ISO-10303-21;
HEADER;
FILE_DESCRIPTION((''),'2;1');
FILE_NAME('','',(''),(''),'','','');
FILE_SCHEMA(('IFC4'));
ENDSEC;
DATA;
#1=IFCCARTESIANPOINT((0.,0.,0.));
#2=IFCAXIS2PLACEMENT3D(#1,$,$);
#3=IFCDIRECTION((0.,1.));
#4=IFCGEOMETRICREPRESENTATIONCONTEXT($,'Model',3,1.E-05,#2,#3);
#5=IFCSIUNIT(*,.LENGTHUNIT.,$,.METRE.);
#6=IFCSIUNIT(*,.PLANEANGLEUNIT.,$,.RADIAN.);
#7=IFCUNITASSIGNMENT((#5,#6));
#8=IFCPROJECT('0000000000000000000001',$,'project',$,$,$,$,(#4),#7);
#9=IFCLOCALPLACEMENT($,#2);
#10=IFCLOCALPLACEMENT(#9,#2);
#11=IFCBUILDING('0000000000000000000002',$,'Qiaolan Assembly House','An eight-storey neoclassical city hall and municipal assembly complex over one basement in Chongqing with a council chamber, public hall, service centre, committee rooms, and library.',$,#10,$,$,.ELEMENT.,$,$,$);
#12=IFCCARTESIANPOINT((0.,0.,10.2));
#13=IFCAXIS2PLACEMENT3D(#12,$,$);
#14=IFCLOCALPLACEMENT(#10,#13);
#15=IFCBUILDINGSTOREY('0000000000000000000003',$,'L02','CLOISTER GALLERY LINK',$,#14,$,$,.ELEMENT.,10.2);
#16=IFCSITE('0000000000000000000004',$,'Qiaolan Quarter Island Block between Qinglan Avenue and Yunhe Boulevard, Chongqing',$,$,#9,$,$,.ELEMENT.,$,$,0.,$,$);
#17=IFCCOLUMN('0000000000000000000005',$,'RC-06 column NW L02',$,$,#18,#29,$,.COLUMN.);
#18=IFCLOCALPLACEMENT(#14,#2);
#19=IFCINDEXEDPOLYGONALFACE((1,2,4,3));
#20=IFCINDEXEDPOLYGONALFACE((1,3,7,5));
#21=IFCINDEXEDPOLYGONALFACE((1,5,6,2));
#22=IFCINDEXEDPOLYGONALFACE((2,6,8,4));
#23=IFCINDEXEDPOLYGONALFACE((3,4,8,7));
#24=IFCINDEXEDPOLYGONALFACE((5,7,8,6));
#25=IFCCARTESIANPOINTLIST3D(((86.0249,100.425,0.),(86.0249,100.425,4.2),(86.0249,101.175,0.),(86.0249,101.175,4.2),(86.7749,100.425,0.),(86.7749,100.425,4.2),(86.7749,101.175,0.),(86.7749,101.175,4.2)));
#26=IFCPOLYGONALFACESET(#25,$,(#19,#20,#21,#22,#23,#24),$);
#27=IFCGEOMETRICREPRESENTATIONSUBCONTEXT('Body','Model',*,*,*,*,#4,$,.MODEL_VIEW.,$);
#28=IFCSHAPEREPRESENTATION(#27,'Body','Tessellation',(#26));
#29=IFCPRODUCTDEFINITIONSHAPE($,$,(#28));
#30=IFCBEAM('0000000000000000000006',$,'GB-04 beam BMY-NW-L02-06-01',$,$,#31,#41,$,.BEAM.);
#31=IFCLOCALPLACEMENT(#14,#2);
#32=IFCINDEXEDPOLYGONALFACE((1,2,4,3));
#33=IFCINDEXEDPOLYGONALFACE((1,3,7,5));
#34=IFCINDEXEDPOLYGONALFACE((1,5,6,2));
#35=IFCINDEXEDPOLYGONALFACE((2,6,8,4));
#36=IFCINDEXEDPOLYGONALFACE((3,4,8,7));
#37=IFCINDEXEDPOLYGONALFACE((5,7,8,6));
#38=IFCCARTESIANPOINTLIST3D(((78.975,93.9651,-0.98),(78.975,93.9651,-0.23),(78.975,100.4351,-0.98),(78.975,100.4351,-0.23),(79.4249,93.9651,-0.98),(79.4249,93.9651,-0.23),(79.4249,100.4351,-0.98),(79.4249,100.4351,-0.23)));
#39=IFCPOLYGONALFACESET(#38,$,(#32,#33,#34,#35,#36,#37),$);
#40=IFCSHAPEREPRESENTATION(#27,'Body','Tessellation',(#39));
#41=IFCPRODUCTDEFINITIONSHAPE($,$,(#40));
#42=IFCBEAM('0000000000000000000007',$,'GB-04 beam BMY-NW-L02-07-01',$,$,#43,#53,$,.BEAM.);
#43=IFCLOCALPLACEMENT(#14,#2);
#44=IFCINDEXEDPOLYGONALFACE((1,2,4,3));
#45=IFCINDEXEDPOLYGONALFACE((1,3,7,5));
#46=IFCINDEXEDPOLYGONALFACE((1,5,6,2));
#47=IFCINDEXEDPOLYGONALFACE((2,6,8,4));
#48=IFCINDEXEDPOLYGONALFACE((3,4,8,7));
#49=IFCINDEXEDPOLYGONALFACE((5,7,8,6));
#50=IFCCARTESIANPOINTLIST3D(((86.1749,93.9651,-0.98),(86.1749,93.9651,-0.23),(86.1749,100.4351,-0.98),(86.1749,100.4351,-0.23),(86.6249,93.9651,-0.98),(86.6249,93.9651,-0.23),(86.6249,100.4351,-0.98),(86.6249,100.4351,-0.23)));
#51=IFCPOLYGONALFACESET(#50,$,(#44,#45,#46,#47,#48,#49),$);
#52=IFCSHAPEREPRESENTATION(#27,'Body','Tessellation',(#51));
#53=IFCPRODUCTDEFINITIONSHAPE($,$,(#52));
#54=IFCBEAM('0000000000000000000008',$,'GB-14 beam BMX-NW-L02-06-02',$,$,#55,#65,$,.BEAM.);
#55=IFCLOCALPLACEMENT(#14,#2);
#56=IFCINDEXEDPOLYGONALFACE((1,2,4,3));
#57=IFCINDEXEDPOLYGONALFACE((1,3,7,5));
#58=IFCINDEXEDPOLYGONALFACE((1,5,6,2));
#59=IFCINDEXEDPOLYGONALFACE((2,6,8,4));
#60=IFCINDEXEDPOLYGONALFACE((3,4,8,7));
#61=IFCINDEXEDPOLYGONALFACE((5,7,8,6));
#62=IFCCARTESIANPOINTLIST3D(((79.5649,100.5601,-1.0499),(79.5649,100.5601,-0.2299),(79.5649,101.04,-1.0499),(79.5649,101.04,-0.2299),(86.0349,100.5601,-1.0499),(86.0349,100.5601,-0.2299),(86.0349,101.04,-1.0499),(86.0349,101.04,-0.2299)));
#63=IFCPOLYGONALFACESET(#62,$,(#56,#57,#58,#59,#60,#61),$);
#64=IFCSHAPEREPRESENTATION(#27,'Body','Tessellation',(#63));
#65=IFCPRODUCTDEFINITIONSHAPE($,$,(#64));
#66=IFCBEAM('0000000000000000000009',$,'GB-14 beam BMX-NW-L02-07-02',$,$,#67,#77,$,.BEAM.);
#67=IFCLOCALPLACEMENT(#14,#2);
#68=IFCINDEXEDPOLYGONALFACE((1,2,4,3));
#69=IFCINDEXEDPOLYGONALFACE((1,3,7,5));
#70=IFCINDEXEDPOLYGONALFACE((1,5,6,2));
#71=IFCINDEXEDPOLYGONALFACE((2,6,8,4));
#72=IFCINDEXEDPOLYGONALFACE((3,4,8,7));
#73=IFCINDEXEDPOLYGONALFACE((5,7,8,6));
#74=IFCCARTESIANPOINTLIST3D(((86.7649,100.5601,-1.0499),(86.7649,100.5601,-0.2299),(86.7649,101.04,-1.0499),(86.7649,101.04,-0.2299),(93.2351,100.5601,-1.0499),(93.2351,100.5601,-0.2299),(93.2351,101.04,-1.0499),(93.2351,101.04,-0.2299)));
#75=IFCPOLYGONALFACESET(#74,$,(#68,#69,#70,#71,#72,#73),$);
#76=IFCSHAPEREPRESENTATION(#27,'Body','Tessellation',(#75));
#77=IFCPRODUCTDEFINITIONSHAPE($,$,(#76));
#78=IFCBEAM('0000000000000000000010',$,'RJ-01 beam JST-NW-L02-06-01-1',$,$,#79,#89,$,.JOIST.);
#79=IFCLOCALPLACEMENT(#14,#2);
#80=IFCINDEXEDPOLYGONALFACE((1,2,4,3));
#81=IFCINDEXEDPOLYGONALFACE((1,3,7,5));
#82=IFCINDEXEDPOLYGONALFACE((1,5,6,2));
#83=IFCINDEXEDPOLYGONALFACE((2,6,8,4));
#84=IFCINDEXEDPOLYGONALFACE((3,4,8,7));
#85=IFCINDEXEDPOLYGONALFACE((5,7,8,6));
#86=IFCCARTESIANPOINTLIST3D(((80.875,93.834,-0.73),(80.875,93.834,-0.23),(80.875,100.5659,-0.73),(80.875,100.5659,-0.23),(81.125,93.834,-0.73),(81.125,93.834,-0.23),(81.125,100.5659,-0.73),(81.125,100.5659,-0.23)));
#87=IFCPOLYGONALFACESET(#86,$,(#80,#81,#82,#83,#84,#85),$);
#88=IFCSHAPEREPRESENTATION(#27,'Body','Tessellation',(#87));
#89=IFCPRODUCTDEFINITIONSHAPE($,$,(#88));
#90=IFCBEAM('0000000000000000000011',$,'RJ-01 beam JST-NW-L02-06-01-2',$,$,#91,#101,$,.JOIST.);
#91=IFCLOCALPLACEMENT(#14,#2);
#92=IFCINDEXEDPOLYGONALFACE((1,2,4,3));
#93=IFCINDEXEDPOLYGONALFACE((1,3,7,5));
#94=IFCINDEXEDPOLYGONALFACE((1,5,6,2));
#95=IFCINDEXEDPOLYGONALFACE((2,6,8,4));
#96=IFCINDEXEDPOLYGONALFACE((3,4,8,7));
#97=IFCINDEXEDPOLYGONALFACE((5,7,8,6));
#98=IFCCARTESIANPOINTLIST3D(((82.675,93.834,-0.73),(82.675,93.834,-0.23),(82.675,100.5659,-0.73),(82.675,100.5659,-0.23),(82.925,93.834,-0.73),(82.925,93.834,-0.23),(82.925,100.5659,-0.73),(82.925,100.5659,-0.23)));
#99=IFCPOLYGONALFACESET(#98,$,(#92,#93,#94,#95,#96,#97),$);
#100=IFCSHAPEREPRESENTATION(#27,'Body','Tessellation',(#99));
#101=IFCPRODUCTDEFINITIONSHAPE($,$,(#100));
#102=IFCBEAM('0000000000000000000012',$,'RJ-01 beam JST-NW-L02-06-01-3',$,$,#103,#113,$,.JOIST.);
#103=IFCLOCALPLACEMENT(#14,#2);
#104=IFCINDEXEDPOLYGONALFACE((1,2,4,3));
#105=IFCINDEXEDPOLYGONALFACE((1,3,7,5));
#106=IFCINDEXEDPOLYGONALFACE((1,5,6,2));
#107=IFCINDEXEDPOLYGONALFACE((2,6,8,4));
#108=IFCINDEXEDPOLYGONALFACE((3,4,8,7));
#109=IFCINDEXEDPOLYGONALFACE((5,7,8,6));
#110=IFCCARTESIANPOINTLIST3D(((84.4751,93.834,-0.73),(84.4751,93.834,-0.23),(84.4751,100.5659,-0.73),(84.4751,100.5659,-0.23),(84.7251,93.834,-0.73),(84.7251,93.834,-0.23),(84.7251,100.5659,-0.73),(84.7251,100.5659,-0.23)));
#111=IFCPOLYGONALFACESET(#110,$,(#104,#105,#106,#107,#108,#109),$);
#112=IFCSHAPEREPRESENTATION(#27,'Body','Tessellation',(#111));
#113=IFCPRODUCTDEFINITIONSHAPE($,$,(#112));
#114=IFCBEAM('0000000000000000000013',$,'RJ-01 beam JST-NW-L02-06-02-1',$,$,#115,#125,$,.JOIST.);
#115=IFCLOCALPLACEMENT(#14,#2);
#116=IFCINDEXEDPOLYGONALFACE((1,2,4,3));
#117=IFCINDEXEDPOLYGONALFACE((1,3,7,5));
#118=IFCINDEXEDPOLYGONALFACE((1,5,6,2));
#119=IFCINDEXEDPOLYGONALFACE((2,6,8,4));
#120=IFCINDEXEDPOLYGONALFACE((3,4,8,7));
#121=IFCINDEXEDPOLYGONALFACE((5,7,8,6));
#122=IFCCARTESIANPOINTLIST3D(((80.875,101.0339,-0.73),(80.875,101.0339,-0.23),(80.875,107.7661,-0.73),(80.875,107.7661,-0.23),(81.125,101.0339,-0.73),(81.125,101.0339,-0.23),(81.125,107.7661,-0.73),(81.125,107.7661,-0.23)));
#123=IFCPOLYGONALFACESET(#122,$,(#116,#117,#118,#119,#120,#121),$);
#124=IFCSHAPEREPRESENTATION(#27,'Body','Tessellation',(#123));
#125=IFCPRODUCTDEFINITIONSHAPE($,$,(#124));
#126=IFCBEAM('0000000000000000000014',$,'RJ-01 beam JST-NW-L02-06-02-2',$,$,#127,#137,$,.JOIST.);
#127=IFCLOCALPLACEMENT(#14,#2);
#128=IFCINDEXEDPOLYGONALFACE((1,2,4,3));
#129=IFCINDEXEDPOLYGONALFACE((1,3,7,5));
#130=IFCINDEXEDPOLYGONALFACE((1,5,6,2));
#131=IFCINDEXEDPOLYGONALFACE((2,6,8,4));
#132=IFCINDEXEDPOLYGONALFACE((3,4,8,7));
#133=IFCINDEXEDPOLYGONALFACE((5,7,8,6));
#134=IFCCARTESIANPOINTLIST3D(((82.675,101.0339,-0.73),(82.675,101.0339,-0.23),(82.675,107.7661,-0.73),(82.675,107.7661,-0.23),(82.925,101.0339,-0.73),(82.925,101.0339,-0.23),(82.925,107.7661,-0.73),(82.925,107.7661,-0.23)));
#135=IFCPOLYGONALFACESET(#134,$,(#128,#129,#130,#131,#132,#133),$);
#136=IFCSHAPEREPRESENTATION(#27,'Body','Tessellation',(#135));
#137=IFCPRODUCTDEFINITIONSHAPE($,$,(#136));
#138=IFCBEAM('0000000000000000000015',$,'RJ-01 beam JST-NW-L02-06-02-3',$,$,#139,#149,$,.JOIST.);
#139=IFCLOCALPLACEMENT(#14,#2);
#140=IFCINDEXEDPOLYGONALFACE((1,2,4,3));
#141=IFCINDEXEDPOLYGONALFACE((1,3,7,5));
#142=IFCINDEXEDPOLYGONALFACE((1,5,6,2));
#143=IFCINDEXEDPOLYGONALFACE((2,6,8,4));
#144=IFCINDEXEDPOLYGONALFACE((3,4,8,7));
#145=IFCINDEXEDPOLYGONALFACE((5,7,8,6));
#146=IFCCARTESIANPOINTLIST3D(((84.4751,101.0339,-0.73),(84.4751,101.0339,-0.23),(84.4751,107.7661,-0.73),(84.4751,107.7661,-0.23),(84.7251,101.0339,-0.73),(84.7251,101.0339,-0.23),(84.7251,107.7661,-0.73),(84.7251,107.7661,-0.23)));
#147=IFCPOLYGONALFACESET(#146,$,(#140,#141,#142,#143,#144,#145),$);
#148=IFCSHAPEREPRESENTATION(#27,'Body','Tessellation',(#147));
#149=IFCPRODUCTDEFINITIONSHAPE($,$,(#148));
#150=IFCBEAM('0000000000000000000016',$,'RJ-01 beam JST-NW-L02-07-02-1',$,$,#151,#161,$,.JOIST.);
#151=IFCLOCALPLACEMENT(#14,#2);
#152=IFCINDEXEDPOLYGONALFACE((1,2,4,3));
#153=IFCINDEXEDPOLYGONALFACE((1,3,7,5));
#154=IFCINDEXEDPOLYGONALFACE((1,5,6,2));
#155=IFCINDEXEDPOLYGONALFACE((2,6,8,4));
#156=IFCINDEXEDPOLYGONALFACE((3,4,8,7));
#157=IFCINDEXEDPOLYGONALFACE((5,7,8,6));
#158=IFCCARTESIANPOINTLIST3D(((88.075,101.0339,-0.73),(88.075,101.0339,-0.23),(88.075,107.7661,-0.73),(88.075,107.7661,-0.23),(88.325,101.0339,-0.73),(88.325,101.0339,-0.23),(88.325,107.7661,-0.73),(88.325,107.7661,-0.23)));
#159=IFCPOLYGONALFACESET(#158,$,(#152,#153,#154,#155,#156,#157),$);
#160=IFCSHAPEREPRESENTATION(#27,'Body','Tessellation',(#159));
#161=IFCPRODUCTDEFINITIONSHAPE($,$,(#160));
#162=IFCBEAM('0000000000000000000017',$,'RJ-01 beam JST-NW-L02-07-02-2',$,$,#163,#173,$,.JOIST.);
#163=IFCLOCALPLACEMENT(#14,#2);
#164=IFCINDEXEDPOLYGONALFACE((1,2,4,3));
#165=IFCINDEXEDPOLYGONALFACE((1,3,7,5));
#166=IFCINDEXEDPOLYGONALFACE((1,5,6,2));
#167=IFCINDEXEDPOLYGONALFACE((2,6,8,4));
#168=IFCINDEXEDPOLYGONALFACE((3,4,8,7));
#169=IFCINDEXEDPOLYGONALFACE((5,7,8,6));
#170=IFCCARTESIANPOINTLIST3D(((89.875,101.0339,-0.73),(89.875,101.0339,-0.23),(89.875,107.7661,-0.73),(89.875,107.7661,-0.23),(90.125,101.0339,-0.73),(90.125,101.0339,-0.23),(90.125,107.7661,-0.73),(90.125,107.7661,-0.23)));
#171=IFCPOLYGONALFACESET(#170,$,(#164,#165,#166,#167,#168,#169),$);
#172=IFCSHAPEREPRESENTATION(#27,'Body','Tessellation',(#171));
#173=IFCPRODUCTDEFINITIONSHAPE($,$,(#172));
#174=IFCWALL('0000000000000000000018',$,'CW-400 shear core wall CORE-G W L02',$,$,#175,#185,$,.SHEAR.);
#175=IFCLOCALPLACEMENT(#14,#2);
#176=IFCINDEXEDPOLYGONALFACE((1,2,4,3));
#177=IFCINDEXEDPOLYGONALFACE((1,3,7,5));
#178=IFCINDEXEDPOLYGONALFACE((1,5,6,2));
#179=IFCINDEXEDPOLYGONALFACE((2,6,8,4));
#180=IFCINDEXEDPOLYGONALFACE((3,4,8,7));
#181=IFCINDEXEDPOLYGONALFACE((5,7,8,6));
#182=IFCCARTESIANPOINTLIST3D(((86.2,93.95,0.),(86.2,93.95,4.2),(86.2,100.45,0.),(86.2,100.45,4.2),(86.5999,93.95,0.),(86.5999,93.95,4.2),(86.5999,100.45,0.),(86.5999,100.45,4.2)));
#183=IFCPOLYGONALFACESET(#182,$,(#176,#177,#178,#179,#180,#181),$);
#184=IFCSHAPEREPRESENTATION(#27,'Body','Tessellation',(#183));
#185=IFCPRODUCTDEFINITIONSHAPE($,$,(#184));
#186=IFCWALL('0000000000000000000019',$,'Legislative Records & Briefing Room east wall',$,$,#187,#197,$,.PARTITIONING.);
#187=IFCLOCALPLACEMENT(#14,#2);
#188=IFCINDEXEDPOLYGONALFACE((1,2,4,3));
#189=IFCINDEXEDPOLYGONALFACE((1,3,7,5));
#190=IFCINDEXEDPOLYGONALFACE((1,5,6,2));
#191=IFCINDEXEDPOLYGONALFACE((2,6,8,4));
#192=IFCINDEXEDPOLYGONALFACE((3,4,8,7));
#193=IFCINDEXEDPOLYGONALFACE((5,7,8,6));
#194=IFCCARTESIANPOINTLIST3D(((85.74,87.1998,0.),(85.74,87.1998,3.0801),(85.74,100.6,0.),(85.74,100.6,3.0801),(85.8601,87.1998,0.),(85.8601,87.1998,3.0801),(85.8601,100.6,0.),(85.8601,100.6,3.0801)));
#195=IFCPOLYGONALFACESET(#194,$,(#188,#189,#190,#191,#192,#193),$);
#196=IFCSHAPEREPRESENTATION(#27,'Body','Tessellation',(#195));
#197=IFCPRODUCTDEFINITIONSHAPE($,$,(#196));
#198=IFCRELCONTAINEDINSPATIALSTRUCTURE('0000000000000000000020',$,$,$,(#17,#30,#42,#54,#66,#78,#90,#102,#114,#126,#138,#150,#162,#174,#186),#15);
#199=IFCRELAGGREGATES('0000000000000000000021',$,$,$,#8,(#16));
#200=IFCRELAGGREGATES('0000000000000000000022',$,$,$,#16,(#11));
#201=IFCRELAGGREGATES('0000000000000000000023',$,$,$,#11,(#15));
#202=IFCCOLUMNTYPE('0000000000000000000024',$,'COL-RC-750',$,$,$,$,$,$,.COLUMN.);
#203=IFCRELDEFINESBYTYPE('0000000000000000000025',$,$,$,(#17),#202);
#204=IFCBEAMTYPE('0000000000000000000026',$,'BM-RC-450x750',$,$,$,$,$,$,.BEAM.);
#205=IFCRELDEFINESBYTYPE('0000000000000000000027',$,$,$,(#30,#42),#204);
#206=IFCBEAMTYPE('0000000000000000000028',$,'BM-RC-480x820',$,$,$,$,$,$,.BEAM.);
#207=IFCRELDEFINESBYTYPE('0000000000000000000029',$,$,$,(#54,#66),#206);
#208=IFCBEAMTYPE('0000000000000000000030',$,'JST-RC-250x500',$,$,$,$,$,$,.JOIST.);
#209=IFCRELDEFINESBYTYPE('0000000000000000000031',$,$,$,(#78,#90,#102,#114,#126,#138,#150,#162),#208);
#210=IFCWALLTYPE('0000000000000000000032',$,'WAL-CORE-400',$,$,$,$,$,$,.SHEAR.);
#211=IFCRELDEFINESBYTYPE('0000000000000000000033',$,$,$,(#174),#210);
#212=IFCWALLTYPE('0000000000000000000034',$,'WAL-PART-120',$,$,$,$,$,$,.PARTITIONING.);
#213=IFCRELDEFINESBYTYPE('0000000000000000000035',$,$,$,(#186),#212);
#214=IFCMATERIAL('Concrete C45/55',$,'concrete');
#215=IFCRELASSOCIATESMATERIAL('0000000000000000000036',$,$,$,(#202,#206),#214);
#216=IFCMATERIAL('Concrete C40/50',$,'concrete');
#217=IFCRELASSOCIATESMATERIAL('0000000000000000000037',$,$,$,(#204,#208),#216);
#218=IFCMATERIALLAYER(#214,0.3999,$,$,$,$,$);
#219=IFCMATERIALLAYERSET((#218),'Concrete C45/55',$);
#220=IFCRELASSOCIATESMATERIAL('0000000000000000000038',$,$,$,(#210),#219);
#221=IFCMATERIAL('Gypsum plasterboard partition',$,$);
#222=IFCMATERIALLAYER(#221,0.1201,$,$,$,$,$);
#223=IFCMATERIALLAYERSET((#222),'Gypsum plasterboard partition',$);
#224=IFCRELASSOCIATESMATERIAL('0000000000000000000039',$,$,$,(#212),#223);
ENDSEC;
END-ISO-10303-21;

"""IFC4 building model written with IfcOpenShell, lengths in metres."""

from ifc_helpers import new_model, si_unit, direction, frame, frame_2d, origin, origin_2d, place, context, subcontext, project, spatial, rectangle, extrude, material, layer, layer_set, material_profile, profile_set, type_object, element, save


model = new_model("IFC4")

# Units and contexts
model_context = context("Model", 3, precision=1e-05, world=origin(), true_north=direction((0.0, 1.0)))
body_context = subcontext(model_context, "Body", "Model", "MODEL_VIEW")
ifc_project = project(units=[si_unit("LENGTHUNIT", "METRE"), si_unit("PLANEANGLEUNIT", "RADIAN")], contexts=[model_context])

# Site, building, storey
site_placement = place(None, origin())
site = spatial("IfcSite", under=ifc_project, at=site_placement, Name="Qiaolan Quarter Island Block between Qinglan Avenue and Yunhe Boulevard, Chongqing", CompositionType="ELEMENT", RefElevation=0.0)
building_placement = place(site_placement, origin())
building = spatial("IfcBuilding", under=site, at=building_placement, Name="Qiaolan Assembly House", Description="An eight-storey neoclassical city hall and municipal assembly complex over one basement in Chongqing with a council chamber, public hall, service centre, committee rooms, and library.", CompositionType="ELEMENT")
storey_placement = place(building_placement, frame((0.0, 0.0, 10.2)))
storey = spatial("IfcBuildingStorey", under=building, at=storey_placement, Name="L02", Description="CLOISTER GALLERY LINK", CompositionType="ELEMENT", Elevation=10.2)

# Column
ifc_material_1 = material(Name="Concrete C45/55", Category="concrete")
ifc_material_profile_1 = material_profile(ifc_material_1, rectangle(XDim=0.75, YDim=0.75, at=origin_2d()), Name="RC 750x750")
ifc_profile_set_1 = profile_set([ifc_material_profile_1], Name="Concrete C45/55")
column_type = type_object("IfcColumnType", Name="COL-RC-750", PredefinedType="COLUMN", material=ifc_profile_set_1)
column_placement = place(storey_placement, frame((86.3999, 100.8, 0.0), z_axis=(0.0, 0.0, 1.0), x_axis=(1.0, 0.0, 0.0)))
element("IfcColumn", 1, at=column_placement, inside=storey, type_object=column_type, Name="RC-06 column NW L02", PredefinedType="COLUMN", context=body_context, shape_type="SweptSolid", body=[
    extrude(rectangle(XDim=0.75, YDim=0.75, at=origin_2d()), origin(), (0.0, 0.0, 1.0), 4.2),
])

# Beams
ifc_material_2 = material(Name="Concrete C40/50", Category="concrete")
ifc_material_profile_2 = material_profile(ifc_material_2, rectangle(XDim=0.45, YDim=0.75, at=origin_2d()), Name="RCB 450x750")
ifc_profile_set_2 = profile_set([ifc_material_profile_2], Name="Concrete C40/50")
beam_type_1 = type_object("IfcBeamType", Name="BM-RC-450x750", PredefinedType="BEAM", material=ifc_profile_set_2)
for number, where, z_axis, x_axis, name in (
    (2, (79.2, 93.9651, -0.605), (0.0, 1.0, 0.0), (-1.0, 0.0, 0.0), "GB-04 beam BMY-NW-L02-06-01"),
    (3, (86.3999, 93.9651, -0.605), (0.0, 1.0, 0.0), (-1.0, 0.0, 0.0), "GB-04 beam BMY-NW-L02-07-01"),
):
    element("IfcBeam", number, at=place(storey_placement, frame(where, z_axis=z_axis, x_axis=x_axis)), inside=storey, type_object=beam_type_1, Name=name, PredefinedType="BEAM", context=body_context, shape_type="SweptSolid", body=[
        extrude(rectangle(XDim=0.45, YDim=0.75, at=origin_2d()), origin(), (0.0, 0.0, 1.0), 6.47),
    ])
ifc_material_profile_3 = material_profile(ifc_material_1, rectangle(XDim=0.48, YDim=0.8201, at=origin_2d()), Name="RCB 480x820")
ifc_profile_set_3 = profile_set([ifc_material_profile_3], Name="Concrete C45/55")
beam_type_2 = type_object("IfcBeamType", Name="BM-RC-480x820", PredefinedType="BEAM", material=ifc_profile_set_3)
beam_1_placement = place(storey_placement, frame((79.5649, 100.8, -0.6399), z_axis=(1.0, 0.0, 0.0), x_axis=(0.0, 1.0, 0.0)))
element("IfcBeam", 4, at=beam_1_placement, inside=storey, type_object=beam_type_2, Name="GB-14 beam BMX-NW-L02-06-02", PredefinedType="BEAM", context=body_context, shape_type="SweptSolid", body=[
    extrude(rectangle(XDim=0.48, YDim=0.8201, at=origin_2d()), origin(), (0.0, 0.0, 1.0), 6.47),
])
beam_2_placement = place(storey_placement, frame((86.7649, 100.8, -0.6399), z_axis=(1.0, 0.0, 0.0), x_axis=(0.0, 1.0, 0.0)))
element("IfcBeam", 5, at=beam_2_placement, inside=storey, type_object=beam_type_2, Name="GB-14 beam BMX-NW-L02-07-02", PredefinedType="BEAM", context=body_context, shape_type="SweptSolid", body=[
    extrude(rectangle(XDim=0.48, YDim=0.8201, at=origin_2d()), origin(), (0.0, 0.0, 1.0), 6.4702),
])
ifc_material_profile_4 = material_profile(ifc_material_2, rectangle(XDim=0.25, YDim=0.5, at=origin_2d()), Name="RCB 250x500")
ifc_profile_set_4 = profile_set([ifc_material_profile_4], Name="Concrete C40/50")
beam_type_3 = type_object("IfcBeamType", Name="JST-RC-250x500", PredefinedType="JOIST", material=ifc_profile_set_4)
for number, where, z_axis, x_axis, name in (
    (6, (81.0, 93.834, -0.48), (0.0, 1.0, 0.0), (-1.0, 0.0, 0.0), "RJ-01 beam JST-NW-L02-06-01-1"),
    (7, (82.8, 93.834, -0.48), (0.0, 1.0, 0.0), (-1.0, 0.0, 0.0), "RJ-01 beam JST-NW-L02-06-01-2"),
    (8, (84.6001, 93.834, -0.48), (0.0, 1.0, 0.0), (-1.0, 0.0, 0.0), "RJ-01 beam JST-NW-L02-06-01-3"),
):
    element("IfcBeam", number, at=place(storey_placement, frame(where, z_axis=z_axis, x_axis=x_axis)), inside=storey, type_object=beam_type_3, Name=name, PredefinedType="JOIST", context=body_context, shape_type="SweptSolid", body=[
        extrude(rectangle(XDim=0.25, YDim=0.5, at=origin_2d()), origin(), (0.0, 0.0, 1.0), 6.7319),
    ])
for number, where, z_axis, x_axis, name in (
    (9, (81.0, 101.0339, -0.48), (0.0, 1.0, 0.0), (-1.0, 0.0, 0.0), "RJ-01 beam JST-NW-L02-06-02-1"),
    (10, (82.8, 101.0339, -0.48), (0.0, 1.0, 0.0), (-1.0, 0.0, 0.0), "RJ-01 beam JST-NW-L02-06-02-2"),
    (11, (84.6001, 101.0339, -0.48), (0.0, 1.0, 0.0), (-1.0, 0.0, 0.0), "RJ-01 beam JST-NW-L02-06-02-3"),
    (12, (88.2, 101.0339, -0.48), (0.0, 1.0, 0.0), (-1.0, 0.0, 0.0), "RJ-01 beam JST-NW-L02-07-02-1"),
    (13, (90.0, 101.0339, -0.48), (0.0, 1.0, 0.0), (-1.0, 0.0, 0.0), "RJ-01 beam JST-NW-L02-07-02-2"),
):
    element("IfcBeam", number, at=place(storey_placement, frame(where, z_axis=z_axis, x_axis=x_axis)), inside=storey, type_object=beam_type_3, Name=name, PredefinedType="JOIST", context=body_context, shape_type="SweptSolid", body=[
        extrude(rectangle(XDim=0.25, YDim=0.5, at=origin_2d()), origin(), (0.0, 0.0, 1.0), 6.7322),
    ])

# Walls
ifc_layer_1 = layer(ifc_material_1, 0.3999)
ifc_layer_set_1 = layer_set([ifc_layer_1], Name="Concrete C45/55")
wall_type_1 = type_object("IfcWallType", Name="WAL-CORE-400", PredefinedType="SHEAR", material=ifc_layer_set_1)
wall_1_placement = place(storey_placement, frame((86.3999, 100.45, 0.0), z_axis=(0.0, 0.0, 1.0), x_axis=(0.0, -1.0, 0.0)))
element("IfcWall", 14, at=wall_1_placement, inside=storey, type_object=wall_type_1, Name="CW-400 shear core wall CORE-G W L02", PredefinedType="SHEAR", context=body_context, shape_type="SweptSolid", body=[
    extrude(rectangle(XDim=6.5, YDim=0.3999, at=frame_2d((3.25, 0.0))), origin(), (0.0, 0.0, 1.0), 4.2),
])
ifc_material_3 = material(Name="Gypsum plasterboard partition")
ifc_layer_2 = layer(ifc_material_3, 0.1201)
ifc_layer_set_2 = layer_set([ifc_layer_2], Name="Gypsum plasterboard partition")
wall_type_2 = type_object("IfcWallType", Name="WAL-PART-120", PredefinedType="PARTITIONING", material=ifc_layer_set_2)
wall_2_placement = place(storey_placement, frame((85.8, 100.6001, 0.0), z_axis=(0.0, 0.0, 1.0), x_axis=(0.0, -1.0, 0.0)))
element("IfcWall", 15, at=wall_2_placement, inside=storey, type_object=wall_type_2, Name="Legislative Records & Briefing Room east wall", PredefinedType="PARTITIONING", context=body_context, shape_type="SweptSolid", body=[
    extrude(rectangle(XDim=13.4001, YDim=0.1201, at=frame_2d((6.7002, 0.0))), origin(), (0.0, 0.0, 1.0), 3.0801),
])

save(model, "model.ifc")
